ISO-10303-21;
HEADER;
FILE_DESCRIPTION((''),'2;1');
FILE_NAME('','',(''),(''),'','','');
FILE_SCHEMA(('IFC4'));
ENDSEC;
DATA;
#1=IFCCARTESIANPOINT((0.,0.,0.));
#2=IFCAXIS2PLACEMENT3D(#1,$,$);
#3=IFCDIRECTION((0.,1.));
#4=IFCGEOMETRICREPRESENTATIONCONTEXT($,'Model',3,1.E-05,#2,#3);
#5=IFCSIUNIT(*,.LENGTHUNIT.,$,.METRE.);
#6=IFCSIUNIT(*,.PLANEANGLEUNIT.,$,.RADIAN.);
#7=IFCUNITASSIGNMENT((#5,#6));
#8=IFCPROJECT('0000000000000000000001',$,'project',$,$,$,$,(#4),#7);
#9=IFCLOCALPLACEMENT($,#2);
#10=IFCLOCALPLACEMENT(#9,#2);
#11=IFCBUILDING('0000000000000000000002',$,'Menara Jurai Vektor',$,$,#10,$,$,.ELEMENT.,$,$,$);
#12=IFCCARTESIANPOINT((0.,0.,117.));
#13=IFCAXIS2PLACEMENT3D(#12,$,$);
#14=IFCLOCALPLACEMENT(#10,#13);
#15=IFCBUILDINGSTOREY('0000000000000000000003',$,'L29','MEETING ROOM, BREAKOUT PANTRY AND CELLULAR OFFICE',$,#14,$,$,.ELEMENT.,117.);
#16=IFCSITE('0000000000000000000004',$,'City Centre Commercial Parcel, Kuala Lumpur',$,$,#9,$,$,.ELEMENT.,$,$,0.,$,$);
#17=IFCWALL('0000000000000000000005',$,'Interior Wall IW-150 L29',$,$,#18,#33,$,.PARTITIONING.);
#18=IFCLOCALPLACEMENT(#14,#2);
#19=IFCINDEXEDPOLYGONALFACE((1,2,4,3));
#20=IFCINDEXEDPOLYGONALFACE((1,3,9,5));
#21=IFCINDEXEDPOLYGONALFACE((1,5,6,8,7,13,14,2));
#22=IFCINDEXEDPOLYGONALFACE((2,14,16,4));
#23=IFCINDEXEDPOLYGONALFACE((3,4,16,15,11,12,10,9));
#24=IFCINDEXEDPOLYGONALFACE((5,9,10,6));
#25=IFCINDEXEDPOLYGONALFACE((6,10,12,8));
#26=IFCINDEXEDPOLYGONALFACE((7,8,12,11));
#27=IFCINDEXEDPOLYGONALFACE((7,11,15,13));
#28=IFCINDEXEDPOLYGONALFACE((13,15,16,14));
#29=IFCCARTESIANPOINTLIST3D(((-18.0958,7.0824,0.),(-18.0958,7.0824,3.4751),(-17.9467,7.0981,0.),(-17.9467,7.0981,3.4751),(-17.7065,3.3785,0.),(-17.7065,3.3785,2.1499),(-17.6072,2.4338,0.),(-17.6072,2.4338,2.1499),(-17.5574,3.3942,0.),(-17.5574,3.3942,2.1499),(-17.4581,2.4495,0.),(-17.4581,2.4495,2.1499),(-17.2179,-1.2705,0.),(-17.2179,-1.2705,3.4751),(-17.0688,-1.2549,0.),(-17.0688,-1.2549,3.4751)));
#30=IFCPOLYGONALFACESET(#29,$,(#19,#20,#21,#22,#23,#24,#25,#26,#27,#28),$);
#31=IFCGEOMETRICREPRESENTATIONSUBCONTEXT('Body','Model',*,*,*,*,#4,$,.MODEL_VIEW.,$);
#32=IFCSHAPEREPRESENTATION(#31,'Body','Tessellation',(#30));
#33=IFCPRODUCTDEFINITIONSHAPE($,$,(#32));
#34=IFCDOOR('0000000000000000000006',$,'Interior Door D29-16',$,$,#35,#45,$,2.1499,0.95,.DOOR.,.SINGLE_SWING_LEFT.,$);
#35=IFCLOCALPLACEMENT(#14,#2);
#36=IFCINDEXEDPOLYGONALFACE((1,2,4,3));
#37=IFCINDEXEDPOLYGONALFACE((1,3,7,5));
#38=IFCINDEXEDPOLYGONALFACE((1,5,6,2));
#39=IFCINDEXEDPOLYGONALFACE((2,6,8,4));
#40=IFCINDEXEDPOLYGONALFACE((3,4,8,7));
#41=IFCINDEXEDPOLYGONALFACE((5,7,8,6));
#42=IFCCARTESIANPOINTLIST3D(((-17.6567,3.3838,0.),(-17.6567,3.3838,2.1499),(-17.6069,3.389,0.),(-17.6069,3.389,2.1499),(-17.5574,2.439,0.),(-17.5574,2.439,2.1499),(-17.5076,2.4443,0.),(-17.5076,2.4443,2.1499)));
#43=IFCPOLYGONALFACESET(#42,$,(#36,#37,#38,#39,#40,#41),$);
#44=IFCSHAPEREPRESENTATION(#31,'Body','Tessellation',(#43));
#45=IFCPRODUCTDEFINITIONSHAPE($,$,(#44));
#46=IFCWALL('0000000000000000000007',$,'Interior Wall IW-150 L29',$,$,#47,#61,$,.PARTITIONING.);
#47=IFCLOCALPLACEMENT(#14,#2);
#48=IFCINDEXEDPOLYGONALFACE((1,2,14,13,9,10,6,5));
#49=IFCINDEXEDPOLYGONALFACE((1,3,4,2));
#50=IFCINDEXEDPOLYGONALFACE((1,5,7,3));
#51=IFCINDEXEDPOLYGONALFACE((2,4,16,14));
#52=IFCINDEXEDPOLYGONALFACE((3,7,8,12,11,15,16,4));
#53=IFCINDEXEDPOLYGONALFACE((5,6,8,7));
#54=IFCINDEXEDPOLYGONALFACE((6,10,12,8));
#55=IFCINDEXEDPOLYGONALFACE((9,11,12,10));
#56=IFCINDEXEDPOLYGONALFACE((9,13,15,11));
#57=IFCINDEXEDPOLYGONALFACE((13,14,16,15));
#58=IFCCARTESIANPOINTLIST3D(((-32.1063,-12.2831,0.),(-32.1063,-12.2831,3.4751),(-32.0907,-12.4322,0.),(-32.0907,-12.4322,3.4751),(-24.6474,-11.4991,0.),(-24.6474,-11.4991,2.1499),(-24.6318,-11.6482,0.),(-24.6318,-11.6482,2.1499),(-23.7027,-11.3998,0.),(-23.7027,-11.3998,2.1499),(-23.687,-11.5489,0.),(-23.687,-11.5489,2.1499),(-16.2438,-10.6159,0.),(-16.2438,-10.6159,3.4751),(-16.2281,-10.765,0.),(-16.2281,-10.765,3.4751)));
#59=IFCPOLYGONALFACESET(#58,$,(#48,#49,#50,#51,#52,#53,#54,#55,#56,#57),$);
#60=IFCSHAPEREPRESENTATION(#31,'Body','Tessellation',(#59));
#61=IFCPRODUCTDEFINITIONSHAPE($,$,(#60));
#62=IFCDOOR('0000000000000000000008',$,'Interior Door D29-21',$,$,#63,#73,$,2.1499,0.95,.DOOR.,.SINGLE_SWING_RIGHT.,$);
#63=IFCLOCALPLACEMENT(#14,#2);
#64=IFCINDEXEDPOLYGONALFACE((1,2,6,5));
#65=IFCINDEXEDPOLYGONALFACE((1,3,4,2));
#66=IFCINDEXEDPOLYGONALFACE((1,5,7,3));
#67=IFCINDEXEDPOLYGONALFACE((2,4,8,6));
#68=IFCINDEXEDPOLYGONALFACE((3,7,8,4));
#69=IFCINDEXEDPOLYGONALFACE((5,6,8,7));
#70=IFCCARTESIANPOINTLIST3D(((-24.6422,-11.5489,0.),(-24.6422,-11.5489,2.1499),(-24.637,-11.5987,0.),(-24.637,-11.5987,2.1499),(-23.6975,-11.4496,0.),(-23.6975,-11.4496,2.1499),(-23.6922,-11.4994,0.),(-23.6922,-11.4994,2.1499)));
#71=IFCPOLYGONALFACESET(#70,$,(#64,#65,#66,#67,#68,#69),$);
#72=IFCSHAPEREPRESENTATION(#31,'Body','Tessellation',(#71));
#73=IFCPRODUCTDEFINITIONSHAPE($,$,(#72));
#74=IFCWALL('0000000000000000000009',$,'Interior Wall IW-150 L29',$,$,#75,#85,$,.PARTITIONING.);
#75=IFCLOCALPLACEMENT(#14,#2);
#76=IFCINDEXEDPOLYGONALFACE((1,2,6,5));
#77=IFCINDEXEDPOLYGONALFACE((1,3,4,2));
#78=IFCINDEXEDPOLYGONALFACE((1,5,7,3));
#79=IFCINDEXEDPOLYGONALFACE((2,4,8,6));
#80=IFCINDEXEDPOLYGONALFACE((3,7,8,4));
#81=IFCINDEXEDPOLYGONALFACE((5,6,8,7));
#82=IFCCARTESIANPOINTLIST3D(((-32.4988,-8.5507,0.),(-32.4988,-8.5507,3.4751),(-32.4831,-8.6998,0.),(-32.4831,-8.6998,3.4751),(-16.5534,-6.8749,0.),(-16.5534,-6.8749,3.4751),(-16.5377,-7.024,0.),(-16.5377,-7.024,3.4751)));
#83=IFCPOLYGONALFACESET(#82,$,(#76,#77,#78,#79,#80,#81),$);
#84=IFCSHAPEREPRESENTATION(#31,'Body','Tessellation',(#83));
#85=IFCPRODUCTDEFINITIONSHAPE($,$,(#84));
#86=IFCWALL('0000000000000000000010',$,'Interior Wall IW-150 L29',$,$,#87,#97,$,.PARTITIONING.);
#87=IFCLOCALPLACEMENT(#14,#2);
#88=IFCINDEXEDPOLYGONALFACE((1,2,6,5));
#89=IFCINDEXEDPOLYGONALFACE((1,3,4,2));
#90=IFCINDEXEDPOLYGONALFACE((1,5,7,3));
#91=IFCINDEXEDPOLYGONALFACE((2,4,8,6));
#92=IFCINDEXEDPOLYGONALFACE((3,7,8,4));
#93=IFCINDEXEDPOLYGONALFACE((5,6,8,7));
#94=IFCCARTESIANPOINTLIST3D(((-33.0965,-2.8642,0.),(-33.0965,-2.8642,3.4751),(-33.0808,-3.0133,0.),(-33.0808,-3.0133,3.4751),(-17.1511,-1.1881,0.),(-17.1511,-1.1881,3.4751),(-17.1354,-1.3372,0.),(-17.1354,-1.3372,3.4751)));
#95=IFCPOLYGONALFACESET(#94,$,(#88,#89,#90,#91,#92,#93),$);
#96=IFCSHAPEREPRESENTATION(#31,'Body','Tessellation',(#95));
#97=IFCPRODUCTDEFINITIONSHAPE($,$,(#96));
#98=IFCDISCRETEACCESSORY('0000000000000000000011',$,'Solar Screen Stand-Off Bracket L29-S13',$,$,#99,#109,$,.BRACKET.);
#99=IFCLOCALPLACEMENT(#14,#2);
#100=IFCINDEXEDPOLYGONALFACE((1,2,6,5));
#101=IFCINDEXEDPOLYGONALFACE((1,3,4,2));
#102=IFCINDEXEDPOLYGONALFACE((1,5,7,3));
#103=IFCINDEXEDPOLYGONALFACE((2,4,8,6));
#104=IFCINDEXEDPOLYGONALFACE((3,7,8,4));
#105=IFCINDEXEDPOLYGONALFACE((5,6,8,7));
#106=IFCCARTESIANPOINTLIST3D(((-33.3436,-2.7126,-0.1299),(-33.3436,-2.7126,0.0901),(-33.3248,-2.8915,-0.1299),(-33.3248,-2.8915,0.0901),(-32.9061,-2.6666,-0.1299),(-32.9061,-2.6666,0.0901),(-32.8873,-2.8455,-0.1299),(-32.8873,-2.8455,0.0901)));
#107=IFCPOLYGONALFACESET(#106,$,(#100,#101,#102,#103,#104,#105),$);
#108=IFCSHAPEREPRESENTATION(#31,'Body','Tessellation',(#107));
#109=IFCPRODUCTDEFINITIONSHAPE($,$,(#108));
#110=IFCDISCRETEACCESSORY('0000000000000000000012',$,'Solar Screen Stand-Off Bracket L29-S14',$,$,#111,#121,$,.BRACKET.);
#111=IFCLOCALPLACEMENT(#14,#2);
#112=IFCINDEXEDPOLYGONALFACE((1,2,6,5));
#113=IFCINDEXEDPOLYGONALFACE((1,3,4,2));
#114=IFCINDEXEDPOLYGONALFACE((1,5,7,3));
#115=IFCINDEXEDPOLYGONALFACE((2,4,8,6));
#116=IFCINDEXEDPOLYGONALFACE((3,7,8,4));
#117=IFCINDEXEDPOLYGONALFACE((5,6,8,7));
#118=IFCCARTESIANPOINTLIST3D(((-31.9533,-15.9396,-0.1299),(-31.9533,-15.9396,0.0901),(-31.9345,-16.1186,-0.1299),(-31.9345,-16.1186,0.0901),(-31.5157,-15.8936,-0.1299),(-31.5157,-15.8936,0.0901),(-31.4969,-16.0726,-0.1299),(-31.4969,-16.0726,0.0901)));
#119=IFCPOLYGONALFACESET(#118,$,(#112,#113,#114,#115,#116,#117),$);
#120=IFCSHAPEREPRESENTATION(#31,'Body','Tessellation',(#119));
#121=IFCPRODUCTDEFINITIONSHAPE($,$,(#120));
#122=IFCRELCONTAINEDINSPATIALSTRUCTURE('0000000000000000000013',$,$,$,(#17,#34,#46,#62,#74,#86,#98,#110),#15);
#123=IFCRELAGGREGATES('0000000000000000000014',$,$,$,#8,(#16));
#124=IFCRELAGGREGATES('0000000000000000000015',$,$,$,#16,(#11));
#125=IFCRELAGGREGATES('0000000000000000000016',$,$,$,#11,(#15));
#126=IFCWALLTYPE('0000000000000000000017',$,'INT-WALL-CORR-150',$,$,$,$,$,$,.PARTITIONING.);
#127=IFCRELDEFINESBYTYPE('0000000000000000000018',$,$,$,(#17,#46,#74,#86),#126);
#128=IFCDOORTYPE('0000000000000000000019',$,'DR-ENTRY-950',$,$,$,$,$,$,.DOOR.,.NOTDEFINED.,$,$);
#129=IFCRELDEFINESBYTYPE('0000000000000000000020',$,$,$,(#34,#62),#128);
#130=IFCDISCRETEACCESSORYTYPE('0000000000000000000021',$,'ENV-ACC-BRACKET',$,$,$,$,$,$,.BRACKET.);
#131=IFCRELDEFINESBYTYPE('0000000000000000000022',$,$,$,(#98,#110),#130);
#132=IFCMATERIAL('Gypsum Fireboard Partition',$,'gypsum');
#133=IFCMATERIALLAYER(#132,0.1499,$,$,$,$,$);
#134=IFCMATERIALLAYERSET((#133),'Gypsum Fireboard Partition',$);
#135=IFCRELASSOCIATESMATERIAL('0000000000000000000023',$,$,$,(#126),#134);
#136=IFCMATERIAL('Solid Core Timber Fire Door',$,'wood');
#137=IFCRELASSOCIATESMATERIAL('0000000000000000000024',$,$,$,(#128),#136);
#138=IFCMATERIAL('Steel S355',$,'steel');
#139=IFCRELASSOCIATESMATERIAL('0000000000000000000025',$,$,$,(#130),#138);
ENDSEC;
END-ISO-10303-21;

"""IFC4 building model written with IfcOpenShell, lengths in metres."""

from ifc_helpers import new_model, si_unit, direction, frame, frame_2d, origin, origin_2d, place, context, subcontext, project, spatial, rectangle, extrude, material, layer, layer_set, type_object, element, fill, save


model = new_model("IFC4")

# Units and contexts
model_context = context("Model", 3, precision=1e-05, world=origin(), true_north=direction((0.0, 1.0)))
body_context = subcontext(model_context, "Body", "Model", "MODEL_VIEW")
ifc_project = project(units=[si_unit("LENGTHUNIT", "METRE"), si_unit("PLANEANGLEUNIT", "RADIAN")], contexts=[model_context])

# Site, building, storey
site_placement = place(None, origin())
site = spatial("IfcSite", under=ifc_project, at=site_placement, Name="City Centre Commercial Parcel, Kuala Lumpur", CompositionType="ELEMENT", RefElevation=0.0)
building_placement = place(site_placement, origin())
building = spatial("IfcBuilding", under=site, at=building_placement, Name="Menara Jurai Vektor", CompositionType="ELEMENT")
storey_placement = place(building_placement, frame((0.0, 0.0, 117.0)))
storey = spatial("IfcBuildingStorey", under=building, at=storey_placement, Name="L29", Description="MEETING ROOM, BREAKOUT PANTRY AND CELLULAR OFFICE", CompositionType="ELEMENT", Elevation=117.0)

# Shared definitions
ifc_material_1 = material(Name="Steel S355", Category="steel")

# Walls, openings, doors
ifc_material_2 = material(Name="Gypsum Fireboard Partition", Category="gypsum")
ifc_layer_1 = layer(ifc_material_2, 0.1499)
ifc_layer_set_1 = layer_set([ifc_layer_1], Name="Gypsum Fireboard Partition")
wall_type = type_object("IfcWallType", Name="INT-WALL-CORR-150", PredefinedType="PARTITIONING", material=ifc_layer_set_1)
ifc_material_3 = material(Name="Solid Core Timber Fire Door", Category="wood")
door_type = type_object("IfcDoorType", Name="DR-ENTRY-950", OperationType="NOTDEFINED", PredefinedType="DOOR", material=ifc_material_3)
wall_1_placement = place(storey_placement, frame((-17.1433, -1.2627, 0.0), z_axis=(0.0, 0.0, 1.0), x_axis=(-0.104527, 0.994522, 0.0)))
wall_1 = element("IfcWall", 1, at=wall_1_placement, inside=storey, type_object=wall_type, Name="Interior Wall IW-150 L29", PredefinedType="PARTITIONING", context=body_context, shape_type="SweptSolid", body=[
    extrude(rectangle(XDim=8.3989, YDim=0.1499, at=frame_2d((4.1995, 0.0))), origin(), (0.0, 0.0, 1.0), 3.4751),
])
opening_1_placement = place(wall_1_placement, frame((3.7246, 0.0, 0.0)))
opening_1 = element("IfcOpeningElement", 2, at=opening_1_placement, cuts=wall_1, PredefinedType="OPENING", context=body_context, shape_type="SweptSolid", body=[
    extrude(rectangle(XDim=0.95, YDim=2.1499, at=frame_2d((0.4751, 1.075))), frame((0.0, 0.085, 0.0), z_axis=(0.0, -1.0, 0.0), x_axis=(1.0, 0.0, 0.0)), (0.0, 0.0, 1.0), 0.1699),
])
door_1_placement = place(opening_1_placement, origin())
door_1 = element("IfcDoor", 3, at=door_1_placement, inside=storey, type_object=door_type, Name="Interior Door D29-16", OperationType="SINGLE_SWING_LEFT", OverallHeight=2.1499, OverallWidth=0.95, PredefinedType="DOOR", context=body_context, shape_type="SweptSolid", body=[
    extrude(rectangle(XDim=0.95, YDim=2.1499, at=frame_2d((0.4751, 1.075))), frame((0.0, 0.0249, 0.0), z_axis=(0.0, -1.0, 0.0), x_axis=(1.0, 0.0, 0.0)), (0.0, 0.0, 1.0), 0.05),
])
fill(opening_1, door_1)
wall_2_placement = place(storey_placement, frame((-32.0986, -12.3577, 0.0), z_axis=(0.0, 0.0, 1.0), x_axis=(0.994522, 0.104529, 0.0)))
wall_2 = element("IfcWall", 4, at=wall_2_placement, inside=storey, type_object=wall_type, Name="Interior Wall IW-150 L29", PredefinedType="PARTITIONING", context=body_context, shape_type="SweptSolid", body=[
    extrude(rectangle(XDim=15.95, YDim=0.1499, at=frame_2d((7.9751, 0.0))), origin(), (0.0, 0.0, 1.0), 3.4751),
])
opening_2_placement = place(wall_2_placement, frame((7.5, 0.0, 0.0)))
opening_2 = element("IfcOpeningElement", 5, at=opening_2_placement, cuts=wall_2, PredefinedType="OPENING", context=body_context, shape_type="SweptSolid", body=[
    extrude(rectangle(XDim=0.95, YDim=2.1499, at=frame_2d((0.4751, 1.075))), frame((0.0, 0.085, 0.0), z_axis=(0.0, -1.0, 0.0), x_axis=(1.0, 0.0, 0.0)), (0.0, 0.0, 1.0), 0.1699),
])
door_2_placement = place(opening_2_placement, origin())
door_2 = element("IfcDoor", 6, at=door_2_placement, inside=storey, type_object=door_type, Name="Interior Door D29-21", OperationType="SINGLE_SWING_RIGHT", OverallHeight=2.1499, OverallWidth=0.95, PredefinedType="DOOR", context=body_context, shape_type="SweptSolid", body=[
    extrude(rectangle(XDim=0.95, YDim=2.1499, at=frame_2d((0.4751, 1.075))), frame((0.0, 0.0249, 0.0), z_axis=(0.0, -1.0, 0.0), x_axis=(1.0, 0.0, 0.0)), (0.0, 0.0, 1.0), 0.05),
])
fill(opening_2, door_2)

# Walls
for number, where, z_axis, x_axis, name in (
    (7, (-32.491, -8.6252, 0.0), (0.0, 0.0, 1.0), (0.994523, 0.10452, 0.0), "Interior Wall IW-150 L29"),
    (8, (-33.0886, -2.9387, 0.0), (0.0, 0.0, 1.0), (0.994521, 0.104535, 0.0), "Interior Wall IW-150 L29"),
):
    element("IfcWall", number, at=place(storey_placement, frame(where, z_axis=z_axis, x_axis=x_axis)), inside=storey, type_object=wall_type, Name=name, PredefinedType="PARTITIONING", context=body_context, shape_type="SweptSolid", body=[
        extrude(rectangle(XDim=16.0332, YDim=0.1499, at=frame_2d((8.0166, 0.0))), origin(), (0.0, 0.0, 1.0), 3.4751),
    ])

# Discrete accessories
discrete_accessory_type = type_object("IfcDiscreteAccessoryType", Name="ENV-ACC-BRACKET", PredefinedType="BRACKET", material=ifc_material_1)
for number, where, z_axis, x_axis, name in (
    (9, (-33.1155, -2.7791, -0.1299), (0.0, 0.0, 1.0), (0.104528, -0.994522, 0.0), "Solar Screen Stand-Off Bracket L29-S13"),
    (10, (-31.7251, -16.0061, -0.1299), (0.0, 0.0, 1.0), (0.104528, -0.994522, 0.0), "Solar Screen Stand-Off Bracket L29-S14"),
):
    element("IfcDiscreteAccessory", number, at=place(storey_placement, frame(where, z_axis=z_axis, x_axis=x_axis)), inside=storey, type_object=discrete_accessory_type, Name=name, PredefinedType="BRACKET", context=body_context, shape_type="SweptSolid", body=[
        extrude(rectangle(XDim=0.1799, YDim=0.4399, at=origin_2d()), origin(), (0.0, 0.0, 1.0), 0.22),
    ])

save(model, "model.ifc")
